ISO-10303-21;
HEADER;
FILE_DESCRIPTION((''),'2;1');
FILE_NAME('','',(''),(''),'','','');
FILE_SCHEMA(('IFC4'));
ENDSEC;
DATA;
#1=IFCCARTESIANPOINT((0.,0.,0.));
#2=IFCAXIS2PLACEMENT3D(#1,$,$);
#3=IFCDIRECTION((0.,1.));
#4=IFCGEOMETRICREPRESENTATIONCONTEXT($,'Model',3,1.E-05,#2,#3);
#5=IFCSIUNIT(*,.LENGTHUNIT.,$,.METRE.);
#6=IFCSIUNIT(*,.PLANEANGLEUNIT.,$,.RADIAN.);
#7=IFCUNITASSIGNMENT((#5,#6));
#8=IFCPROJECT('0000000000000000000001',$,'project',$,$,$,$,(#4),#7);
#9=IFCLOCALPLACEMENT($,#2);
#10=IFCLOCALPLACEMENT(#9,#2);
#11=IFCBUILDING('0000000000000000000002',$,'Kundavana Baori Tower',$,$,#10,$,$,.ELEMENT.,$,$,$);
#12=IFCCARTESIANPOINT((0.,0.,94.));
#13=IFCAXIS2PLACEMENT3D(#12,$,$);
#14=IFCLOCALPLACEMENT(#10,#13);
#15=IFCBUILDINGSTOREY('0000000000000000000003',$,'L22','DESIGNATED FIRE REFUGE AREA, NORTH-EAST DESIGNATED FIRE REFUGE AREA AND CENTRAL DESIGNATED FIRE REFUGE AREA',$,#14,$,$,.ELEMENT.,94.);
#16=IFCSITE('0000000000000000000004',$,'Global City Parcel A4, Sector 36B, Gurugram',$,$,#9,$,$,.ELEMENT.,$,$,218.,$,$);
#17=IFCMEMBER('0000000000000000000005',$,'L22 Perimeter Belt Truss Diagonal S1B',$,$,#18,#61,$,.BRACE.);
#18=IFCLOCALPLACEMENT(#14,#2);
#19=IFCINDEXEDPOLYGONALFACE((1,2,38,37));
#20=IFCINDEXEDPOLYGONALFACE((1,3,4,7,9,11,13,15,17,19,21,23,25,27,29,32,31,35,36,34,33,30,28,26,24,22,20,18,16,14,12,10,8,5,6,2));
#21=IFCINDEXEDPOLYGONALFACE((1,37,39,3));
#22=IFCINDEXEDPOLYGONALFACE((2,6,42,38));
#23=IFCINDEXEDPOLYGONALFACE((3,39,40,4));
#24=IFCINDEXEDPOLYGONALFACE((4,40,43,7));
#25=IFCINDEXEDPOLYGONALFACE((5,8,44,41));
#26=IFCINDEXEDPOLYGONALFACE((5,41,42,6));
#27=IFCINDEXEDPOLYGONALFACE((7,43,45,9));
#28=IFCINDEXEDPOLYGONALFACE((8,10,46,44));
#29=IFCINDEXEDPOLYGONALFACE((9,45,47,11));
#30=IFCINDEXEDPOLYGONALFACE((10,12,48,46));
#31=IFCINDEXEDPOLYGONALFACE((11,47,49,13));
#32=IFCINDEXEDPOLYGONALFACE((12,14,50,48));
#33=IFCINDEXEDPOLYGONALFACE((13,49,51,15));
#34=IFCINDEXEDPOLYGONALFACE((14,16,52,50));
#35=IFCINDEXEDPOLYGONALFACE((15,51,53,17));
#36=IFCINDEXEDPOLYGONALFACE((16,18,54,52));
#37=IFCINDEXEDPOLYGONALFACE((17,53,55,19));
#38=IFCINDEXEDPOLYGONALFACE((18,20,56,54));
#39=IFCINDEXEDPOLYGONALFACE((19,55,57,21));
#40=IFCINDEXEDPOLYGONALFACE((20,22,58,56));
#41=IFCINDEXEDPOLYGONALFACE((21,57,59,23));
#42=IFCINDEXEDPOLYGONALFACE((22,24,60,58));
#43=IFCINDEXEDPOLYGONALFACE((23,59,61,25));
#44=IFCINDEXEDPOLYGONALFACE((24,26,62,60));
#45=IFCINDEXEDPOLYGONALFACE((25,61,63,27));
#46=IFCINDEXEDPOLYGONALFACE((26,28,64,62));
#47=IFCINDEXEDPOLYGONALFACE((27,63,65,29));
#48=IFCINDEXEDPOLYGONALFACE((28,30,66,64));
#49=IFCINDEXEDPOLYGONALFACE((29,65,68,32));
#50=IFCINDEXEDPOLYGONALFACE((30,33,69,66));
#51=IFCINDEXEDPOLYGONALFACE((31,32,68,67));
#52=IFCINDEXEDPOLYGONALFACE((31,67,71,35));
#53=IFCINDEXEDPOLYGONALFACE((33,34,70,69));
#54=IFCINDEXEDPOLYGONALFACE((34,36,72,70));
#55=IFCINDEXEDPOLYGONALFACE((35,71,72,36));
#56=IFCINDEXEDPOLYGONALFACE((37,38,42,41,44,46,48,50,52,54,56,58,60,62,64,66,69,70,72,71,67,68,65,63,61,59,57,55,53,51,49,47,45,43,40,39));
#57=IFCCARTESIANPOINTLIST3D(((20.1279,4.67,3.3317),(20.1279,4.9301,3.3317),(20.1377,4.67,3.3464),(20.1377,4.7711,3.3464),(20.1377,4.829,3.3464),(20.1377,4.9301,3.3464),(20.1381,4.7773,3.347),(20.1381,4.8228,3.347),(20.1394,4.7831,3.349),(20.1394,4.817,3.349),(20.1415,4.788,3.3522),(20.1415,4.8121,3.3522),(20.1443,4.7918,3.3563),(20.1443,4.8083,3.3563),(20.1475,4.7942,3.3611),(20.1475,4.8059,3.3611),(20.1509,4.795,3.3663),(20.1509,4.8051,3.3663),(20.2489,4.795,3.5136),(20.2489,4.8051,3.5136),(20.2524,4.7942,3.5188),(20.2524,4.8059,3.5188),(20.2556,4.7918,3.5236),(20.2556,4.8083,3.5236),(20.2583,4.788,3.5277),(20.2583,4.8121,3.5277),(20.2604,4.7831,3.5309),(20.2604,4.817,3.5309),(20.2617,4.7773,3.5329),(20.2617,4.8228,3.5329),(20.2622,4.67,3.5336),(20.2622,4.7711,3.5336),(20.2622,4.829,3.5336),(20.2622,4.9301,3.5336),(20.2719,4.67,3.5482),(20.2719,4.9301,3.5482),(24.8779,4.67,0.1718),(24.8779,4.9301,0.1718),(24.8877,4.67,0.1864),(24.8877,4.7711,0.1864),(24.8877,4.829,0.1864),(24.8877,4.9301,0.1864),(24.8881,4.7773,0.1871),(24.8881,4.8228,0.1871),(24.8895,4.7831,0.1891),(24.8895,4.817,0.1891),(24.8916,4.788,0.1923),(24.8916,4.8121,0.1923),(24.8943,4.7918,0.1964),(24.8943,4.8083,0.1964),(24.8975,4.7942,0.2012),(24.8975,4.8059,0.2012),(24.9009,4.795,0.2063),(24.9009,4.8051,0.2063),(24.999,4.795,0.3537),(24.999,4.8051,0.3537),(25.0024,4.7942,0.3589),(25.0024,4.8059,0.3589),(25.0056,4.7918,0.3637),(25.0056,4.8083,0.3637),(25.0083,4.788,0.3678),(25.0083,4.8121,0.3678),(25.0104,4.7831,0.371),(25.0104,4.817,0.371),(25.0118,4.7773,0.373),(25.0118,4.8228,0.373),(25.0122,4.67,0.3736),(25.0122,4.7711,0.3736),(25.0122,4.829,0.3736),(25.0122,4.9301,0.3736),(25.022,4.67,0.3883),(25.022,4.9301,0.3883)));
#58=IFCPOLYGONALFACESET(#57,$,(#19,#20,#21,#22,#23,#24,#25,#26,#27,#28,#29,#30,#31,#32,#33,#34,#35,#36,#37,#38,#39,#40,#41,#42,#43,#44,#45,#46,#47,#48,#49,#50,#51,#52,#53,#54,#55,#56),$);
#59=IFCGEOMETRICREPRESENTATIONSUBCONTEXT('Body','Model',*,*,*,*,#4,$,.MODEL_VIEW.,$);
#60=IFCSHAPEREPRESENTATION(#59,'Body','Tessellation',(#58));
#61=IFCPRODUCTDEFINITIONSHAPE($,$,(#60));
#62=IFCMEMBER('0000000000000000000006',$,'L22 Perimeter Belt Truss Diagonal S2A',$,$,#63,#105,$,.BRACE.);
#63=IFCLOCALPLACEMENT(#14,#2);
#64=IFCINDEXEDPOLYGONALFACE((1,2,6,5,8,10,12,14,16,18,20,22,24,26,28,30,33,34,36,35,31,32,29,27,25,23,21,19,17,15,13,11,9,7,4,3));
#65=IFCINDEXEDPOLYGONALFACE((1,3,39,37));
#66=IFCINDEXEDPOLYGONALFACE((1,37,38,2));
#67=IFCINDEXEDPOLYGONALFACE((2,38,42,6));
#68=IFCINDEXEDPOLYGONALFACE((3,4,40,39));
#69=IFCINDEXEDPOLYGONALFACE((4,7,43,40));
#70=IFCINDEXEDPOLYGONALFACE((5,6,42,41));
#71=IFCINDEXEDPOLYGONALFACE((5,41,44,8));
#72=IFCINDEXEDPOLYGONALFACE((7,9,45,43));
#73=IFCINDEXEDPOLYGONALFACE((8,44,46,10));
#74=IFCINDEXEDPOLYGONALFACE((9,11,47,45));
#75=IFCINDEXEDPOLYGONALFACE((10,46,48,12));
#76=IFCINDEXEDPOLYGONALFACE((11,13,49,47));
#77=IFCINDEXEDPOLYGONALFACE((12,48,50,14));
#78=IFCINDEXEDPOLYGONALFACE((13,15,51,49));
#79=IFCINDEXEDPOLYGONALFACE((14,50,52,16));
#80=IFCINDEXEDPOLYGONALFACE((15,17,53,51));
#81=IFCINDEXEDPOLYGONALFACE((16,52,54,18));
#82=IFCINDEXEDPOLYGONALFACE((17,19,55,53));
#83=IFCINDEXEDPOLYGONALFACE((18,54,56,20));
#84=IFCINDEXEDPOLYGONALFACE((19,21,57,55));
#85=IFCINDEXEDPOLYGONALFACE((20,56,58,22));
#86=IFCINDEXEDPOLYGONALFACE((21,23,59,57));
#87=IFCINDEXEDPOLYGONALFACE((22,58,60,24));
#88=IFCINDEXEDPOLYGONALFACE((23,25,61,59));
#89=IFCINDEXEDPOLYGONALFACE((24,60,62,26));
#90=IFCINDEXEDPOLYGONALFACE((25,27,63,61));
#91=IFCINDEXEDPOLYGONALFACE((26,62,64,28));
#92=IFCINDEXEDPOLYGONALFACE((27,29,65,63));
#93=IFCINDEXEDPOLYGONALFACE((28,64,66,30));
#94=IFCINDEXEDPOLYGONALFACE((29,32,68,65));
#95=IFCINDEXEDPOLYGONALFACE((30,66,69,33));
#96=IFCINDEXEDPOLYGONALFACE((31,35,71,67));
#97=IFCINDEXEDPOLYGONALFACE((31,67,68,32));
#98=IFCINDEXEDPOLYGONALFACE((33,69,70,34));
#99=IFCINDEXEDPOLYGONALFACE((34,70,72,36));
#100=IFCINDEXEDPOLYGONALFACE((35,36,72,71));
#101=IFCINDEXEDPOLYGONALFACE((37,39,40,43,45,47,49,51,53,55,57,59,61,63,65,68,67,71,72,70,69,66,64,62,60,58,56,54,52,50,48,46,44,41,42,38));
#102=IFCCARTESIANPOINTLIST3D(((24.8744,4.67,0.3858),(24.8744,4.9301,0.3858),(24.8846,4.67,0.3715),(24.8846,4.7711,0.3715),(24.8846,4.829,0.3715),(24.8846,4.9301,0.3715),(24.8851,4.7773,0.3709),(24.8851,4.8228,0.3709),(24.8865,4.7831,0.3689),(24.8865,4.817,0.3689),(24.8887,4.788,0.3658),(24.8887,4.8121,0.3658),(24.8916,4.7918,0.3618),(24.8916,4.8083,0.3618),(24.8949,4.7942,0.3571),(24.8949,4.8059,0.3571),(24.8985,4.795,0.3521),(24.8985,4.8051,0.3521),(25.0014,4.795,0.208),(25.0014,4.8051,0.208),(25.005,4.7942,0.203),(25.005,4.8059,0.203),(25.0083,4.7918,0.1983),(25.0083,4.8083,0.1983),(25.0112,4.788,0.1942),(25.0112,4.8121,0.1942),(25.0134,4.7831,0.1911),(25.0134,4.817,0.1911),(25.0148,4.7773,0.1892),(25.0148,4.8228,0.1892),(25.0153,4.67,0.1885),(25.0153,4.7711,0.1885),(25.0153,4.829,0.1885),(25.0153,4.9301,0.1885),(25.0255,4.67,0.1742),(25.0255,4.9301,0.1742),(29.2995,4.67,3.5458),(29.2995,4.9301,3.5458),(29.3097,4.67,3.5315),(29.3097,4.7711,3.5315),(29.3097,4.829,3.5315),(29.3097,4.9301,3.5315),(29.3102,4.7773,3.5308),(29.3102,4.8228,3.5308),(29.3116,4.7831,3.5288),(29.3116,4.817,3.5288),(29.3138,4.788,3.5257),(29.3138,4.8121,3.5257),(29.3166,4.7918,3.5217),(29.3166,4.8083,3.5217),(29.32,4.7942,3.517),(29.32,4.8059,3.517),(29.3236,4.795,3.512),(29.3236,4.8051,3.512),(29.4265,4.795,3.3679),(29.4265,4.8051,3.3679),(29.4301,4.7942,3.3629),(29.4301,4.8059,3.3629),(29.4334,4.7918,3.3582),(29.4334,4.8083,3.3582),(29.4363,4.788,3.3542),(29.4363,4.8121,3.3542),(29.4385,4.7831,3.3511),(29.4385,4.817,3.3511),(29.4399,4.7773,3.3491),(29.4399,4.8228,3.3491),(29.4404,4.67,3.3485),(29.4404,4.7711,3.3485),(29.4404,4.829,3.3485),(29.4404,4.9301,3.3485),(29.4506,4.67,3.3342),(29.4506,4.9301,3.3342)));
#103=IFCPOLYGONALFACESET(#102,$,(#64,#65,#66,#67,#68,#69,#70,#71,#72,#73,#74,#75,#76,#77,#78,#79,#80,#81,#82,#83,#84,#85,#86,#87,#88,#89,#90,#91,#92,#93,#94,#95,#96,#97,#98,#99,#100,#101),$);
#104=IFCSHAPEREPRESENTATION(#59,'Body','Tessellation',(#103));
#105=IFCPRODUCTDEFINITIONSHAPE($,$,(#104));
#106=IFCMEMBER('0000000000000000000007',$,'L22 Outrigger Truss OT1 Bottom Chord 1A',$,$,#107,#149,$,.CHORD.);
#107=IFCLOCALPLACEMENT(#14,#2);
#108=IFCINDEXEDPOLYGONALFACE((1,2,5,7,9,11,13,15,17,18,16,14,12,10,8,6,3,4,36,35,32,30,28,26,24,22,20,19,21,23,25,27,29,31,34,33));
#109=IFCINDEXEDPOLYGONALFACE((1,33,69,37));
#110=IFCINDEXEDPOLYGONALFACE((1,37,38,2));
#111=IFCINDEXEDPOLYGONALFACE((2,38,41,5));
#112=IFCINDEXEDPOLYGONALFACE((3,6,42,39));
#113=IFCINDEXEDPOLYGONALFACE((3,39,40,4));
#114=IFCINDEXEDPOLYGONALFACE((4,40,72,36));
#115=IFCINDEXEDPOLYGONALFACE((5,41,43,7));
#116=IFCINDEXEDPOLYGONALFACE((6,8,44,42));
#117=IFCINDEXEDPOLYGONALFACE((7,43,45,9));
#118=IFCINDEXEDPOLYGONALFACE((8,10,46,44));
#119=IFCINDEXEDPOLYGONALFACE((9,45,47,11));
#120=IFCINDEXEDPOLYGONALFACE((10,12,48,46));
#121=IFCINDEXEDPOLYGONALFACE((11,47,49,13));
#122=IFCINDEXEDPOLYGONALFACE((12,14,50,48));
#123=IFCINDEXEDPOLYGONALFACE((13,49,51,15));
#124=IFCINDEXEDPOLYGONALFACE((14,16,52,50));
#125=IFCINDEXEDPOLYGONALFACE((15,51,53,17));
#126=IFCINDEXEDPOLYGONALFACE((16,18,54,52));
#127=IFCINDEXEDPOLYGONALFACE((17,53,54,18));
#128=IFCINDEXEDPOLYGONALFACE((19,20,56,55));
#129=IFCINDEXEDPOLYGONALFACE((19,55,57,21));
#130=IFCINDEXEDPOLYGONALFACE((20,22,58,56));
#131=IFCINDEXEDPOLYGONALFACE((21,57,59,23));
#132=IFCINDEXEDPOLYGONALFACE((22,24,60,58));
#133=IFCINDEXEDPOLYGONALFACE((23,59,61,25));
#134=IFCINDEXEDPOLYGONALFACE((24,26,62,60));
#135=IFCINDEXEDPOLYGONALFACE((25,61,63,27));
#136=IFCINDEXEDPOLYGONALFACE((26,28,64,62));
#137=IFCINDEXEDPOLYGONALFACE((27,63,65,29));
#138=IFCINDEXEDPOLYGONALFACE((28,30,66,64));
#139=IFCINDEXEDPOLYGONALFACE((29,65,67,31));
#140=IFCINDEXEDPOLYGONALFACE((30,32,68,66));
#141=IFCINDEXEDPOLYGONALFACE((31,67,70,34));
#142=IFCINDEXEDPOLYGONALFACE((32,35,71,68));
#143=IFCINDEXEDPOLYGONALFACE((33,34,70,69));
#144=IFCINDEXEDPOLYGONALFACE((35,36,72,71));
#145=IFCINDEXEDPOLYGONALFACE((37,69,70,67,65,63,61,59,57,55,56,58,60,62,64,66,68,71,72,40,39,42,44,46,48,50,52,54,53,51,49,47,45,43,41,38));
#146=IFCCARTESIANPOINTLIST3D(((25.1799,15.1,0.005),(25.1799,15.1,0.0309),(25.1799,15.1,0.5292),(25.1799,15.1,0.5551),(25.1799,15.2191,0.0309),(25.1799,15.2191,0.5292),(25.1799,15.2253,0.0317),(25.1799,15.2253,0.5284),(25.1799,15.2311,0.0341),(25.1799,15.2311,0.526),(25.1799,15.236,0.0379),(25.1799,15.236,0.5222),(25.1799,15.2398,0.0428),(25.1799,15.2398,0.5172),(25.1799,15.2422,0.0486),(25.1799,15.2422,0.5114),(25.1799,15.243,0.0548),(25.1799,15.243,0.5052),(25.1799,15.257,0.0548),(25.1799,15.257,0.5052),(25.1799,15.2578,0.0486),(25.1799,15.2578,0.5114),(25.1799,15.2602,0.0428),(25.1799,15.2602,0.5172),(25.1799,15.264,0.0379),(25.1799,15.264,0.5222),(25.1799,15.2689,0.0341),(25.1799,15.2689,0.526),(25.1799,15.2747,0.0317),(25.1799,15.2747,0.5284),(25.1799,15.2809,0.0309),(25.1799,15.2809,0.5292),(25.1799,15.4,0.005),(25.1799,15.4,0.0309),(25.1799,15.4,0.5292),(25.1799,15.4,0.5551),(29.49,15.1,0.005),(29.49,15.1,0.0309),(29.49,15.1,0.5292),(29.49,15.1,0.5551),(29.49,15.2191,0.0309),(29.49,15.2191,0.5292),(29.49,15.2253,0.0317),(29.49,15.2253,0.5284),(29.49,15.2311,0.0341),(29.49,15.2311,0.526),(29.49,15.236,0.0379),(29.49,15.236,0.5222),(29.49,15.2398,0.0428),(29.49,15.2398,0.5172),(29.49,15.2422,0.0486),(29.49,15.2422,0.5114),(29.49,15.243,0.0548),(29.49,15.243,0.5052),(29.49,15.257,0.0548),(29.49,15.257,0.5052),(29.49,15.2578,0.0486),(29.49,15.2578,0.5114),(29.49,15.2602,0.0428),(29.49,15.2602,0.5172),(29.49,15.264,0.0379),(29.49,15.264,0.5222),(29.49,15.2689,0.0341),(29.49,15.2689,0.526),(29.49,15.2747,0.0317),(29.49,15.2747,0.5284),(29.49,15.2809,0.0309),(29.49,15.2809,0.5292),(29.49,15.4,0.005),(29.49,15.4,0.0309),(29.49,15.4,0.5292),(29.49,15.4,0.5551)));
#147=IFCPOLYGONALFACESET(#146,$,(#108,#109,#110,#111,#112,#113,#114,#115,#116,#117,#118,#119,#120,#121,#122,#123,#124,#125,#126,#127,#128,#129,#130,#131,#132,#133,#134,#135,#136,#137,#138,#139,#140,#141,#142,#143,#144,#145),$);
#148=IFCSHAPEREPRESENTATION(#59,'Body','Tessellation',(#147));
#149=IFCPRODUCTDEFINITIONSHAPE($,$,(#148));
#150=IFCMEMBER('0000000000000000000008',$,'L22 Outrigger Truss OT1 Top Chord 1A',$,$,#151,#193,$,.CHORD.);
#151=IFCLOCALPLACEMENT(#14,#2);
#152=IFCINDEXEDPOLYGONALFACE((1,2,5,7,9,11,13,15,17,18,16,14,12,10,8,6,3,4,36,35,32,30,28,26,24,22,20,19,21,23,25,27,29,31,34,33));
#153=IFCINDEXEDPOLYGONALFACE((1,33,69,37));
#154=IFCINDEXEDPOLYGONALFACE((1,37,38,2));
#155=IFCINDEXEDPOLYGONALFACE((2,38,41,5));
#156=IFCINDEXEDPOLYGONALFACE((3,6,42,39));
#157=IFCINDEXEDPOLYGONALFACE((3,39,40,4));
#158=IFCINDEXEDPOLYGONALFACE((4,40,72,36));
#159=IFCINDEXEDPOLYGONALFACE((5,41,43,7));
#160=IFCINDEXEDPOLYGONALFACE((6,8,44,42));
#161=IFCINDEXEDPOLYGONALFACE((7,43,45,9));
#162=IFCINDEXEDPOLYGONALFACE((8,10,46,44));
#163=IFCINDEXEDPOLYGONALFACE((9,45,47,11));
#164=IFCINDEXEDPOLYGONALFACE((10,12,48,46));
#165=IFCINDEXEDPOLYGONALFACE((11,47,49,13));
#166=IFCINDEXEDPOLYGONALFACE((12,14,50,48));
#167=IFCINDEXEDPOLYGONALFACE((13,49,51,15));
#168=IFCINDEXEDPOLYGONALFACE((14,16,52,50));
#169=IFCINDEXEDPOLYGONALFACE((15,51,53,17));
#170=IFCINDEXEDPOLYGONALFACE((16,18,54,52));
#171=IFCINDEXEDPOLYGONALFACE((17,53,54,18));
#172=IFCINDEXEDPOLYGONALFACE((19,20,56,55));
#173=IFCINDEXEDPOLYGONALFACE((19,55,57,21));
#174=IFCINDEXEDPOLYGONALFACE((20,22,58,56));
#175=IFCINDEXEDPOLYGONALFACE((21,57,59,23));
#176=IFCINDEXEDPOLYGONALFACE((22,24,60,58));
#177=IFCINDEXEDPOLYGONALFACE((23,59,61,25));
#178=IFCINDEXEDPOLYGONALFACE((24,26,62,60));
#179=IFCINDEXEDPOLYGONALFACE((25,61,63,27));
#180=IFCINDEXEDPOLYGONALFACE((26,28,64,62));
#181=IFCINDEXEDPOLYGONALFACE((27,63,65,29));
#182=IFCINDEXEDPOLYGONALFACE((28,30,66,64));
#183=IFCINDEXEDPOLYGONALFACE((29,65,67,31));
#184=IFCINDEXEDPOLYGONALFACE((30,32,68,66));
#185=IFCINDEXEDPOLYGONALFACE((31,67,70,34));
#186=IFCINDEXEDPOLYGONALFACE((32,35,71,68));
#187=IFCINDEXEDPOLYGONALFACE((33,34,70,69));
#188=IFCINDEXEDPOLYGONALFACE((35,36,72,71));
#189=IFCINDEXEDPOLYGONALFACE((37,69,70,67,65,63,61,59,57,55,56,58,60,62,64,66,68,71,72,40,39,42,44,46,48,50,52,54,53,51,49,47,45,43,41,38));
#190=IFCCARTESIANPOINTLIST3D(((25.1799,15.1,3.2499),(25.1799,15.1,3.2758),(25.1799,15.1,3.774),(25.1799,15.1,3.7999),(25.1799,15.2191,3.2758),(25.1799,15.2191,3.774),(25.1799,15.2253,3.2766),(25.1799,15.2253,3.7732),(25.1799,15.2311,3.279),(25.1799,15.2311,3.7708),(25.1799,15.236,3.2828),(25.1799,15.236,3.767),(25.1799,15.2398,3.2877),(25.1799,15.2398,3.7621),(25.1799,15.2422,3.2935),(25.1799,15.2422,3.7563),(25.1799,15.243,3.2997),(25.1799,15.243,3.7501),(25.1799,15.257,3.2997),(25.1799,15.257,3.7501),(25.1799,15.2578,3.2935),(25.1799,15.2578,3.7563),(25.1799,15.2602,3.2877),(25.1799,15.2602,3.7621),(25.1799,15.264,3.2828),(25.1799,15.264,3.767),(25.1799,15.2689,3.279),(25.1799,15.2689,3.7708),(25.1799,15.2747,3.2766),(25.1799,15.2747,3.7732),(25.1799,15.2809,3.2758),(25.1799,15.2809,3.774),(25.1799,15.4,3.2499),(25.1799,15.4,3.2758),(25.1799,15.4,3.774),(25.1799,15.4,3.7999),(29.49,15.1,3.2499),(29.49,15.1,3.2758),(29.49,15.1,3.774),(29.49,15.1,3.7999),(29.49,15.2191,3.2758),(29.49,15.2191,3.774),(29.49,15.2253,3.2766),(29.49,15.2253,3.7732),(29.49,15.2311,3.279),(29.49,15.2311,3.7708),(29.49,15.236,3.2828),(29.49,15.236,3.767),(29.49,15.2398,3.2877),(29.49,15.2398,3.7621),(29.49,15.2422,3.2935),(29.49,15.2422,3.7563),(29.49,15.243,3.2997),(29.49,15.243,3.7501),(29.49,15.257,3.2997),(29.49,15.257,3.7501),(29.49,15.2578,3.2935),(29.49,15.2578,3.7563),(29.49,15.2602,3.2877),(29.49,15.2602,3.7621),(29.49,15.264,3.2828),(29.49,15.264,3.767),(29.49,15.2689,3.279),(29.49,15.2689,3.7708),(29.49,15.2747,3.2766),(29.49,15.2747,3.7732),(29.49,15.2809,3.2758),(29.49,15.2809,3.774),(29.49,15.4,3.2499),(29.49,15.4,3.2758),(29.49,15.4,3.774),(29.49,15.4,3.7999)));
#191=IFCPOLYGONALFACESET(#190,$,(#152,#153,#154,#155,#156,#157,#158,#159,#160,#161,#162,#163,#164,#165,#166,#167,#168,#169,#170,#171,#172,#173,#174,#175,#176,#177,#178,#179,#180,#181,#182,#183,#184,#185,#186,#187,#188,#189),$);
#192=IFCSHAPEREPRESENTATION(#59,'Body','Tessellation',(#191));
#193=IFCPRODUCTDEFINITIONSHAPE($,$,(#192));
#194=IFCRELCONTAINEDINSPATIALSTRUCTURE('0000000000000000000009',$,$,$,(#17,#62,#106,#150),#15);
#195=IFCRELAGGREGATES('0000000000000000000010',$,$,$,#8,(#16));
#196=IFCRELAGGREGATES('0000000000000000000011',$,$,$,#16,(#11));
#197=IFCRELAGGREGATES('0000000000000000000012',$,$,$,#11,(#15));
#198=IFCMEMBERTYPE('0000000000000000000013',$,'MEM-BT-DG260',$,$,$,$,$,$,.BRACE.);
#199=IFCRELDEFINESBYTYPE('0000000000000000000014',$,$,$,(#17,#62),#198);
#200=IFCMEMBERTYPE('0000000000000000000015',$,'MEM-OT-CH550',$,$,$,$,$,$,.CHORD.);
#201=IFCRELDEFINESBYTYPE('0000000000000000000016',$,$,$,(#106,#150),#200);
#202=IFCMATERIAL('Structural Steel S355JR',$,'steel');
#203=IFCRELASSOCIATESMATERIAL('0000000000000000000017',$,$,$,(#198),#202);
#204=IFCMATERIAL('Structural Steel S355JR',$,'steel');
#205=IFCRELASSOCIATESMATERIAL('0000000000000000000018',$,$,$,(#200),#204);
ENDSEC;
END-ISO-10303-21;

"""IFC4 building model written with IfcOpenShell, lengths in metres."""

from ifc_helpers import new_model, si_unit, direction, frame, origin, origin_2d, place, context, subcontext, project, spatial, i_section, extrude, material, material_profile, profile_set, type_object, element, save


model = new_model("IFC4")

# Units and contexts
model_context = context("Model", 3, precision=1e-05, world=origin(), true_north=direction((0.0, 1.0)))
body_context = subcontext(model_context, "Body", "Model", "MODEL_VIEW")
ifc_project = project(units=[si_unit("LENGTHUNIT", "METRE"), si_unit("PLANEANGLEUNIT", "RADIAN")], contexts=[model_context])

# Site, building, storey
site_placement = place(None, origin())
site = spatial("IfcSite", under=ifc_project, at=site_placement, Name="Global City Parcel A4, Sector 36B, Gurugram", CompositionType="ELEMENT", RefElevation=218.0)
building_placement = place(site_placement, origin())
building = spatial("IfcBuilding", under=site, at=building_placement, Name="Kundavana Baori Tower", CompositionType="ELEMENT")
storey_placement = place(building_placement, frame((0.0, 0.0, 94.0)))
storey = spatial("IfcBuildingStorey", under=building, at=storey_placement, Name="L22", Description="DESIGNATED FIRE REFUGE AREA, NORTH-EAST DESIGNATED FIRE REFUGE AREA AND CENTRAL DESIGNATED FIRE REFUGE AREA", CompositionType="ELEMENT", Elevation=94.0)

# Members
ifc_material_1 = material(Name="Structural Steel S355JR", Category="steel")
ifc_material_profile_1 = material_profile(ifc_material_1, i_section(OverallWidth=0.26, OverallDepth=0.26, WebThickness=0.01, FlangeThickness=0.0176, FilletRadius=0.0239, at=origin_2d()), Name="WPB 260x260x93")
ifc_profile_set_1 = profile_set([ifc_material_profile_1], Name="Structural Steel S355JR")
member_type_1 = type_object("IfcMemberType", Name="MEM-BT-DG260", PredefinedType="BRACE", material=ifc_profile_set_1)
member_1_placement = place(storey_placement, frame((24.95, 4.8, 0.28), z_axis=(-0.832596, 0.0, 0.55388), x_axis=(0.0, -1.0, 0.0)))
element("IfcMember", 1, at=member_1_placement, inside=storey, type_object=member_type_1, Name="L22 Perimeter Belt Truss Diagonal S1B", PredefinedType="BRACE", context=body_context, shape_type="SweptSolid", body=[
    extrude(i_section(OverallWidth=0.26, OverallDepth=0.26, WebThickness=0.01, FlangeThickness=0.0176, FilletRadius=0.0239, at=origin_2d()), origin(), (0.0, 0.0, 1.0), 5.7051),
])
member_2_placement = place(storey_placement, frame((24.95, 4.8, 0.28), z_axis=(0.813806, 0.0, 0.581136), x_axis=(0.0, 1.0, 0.0)))
element("IfcMember", 2, at=member_2_placement, inside=storey, type_object=member_type_1, Name="L22 Perimeter Belt Truss Diagonal S2A", PredefinedType="BRACE", context=body_context, shape_type="SweptSolid", body=[
    extrude(i_section(OverallWidth=0.26, OverallDepth=0.26, WebThickness=0.01, FlangeThickness=0.0176, FilletRadius=0.0239, at=origin_2d()), origin(), (0.0, 0.0, 1.0), 5.4375),
])
ifc_material_2 = material(Name="Structural Steel S355JR", Category="steel")
ifc_material_profile_2 = material_profile(ifc_material_2, i_section(OverallWidth=0.3, OverallDepth=0.55, WebThickness=0.0139, FlangeThickness=0.0259, FilletRadius=0.0239, at=origin_2d()), Name="WPB 550x300x166")
ifc_profile_set_2 = profile_set([ifc_material_profile_2], Name="Structural Steel S355JR")
member_type_2 = type_object("IfcMemberType", Name="MEM-OT-CH550", PredefinedType="CHORD", material=ifc_profile_set_2)
for number, where, z_axis, x_axis, name in (
    (3, (25.1799, 15.25, 0.28), (1.0, 0.0, 0.0), (0.0, 1.0, 0.0), "L22 Outrigger Truss OT1 Bottom Chord 1A"),
    (4, (25.1799, 15.25, 3.5249), (1.0, 0.0, 0.0), (0.0, 1.0, 0.0), "L22 Outrigger Truss OT1 Top Chord 1A"),
):
    element("IfcMember", number, at=place(storey_placement, frame(where, z_axis=z_axis, x_axis=x_axis)), inside=storey, type_object=member_type_2, Name=name, PredefinedType="CHORD", context=body_context, shape_type="SweptSolid", body=[
        extrude(i_section(OverallWidth=0.3, OverallDepth=0.55, WebThickness=0.0139, FlangeThickness=0.0259, FilletRadius=0.0239, at=origin_2d()), origin(), (0.0, 0.0, 1.0), 4.3101),
    ])

save(model, "model.ifc")
